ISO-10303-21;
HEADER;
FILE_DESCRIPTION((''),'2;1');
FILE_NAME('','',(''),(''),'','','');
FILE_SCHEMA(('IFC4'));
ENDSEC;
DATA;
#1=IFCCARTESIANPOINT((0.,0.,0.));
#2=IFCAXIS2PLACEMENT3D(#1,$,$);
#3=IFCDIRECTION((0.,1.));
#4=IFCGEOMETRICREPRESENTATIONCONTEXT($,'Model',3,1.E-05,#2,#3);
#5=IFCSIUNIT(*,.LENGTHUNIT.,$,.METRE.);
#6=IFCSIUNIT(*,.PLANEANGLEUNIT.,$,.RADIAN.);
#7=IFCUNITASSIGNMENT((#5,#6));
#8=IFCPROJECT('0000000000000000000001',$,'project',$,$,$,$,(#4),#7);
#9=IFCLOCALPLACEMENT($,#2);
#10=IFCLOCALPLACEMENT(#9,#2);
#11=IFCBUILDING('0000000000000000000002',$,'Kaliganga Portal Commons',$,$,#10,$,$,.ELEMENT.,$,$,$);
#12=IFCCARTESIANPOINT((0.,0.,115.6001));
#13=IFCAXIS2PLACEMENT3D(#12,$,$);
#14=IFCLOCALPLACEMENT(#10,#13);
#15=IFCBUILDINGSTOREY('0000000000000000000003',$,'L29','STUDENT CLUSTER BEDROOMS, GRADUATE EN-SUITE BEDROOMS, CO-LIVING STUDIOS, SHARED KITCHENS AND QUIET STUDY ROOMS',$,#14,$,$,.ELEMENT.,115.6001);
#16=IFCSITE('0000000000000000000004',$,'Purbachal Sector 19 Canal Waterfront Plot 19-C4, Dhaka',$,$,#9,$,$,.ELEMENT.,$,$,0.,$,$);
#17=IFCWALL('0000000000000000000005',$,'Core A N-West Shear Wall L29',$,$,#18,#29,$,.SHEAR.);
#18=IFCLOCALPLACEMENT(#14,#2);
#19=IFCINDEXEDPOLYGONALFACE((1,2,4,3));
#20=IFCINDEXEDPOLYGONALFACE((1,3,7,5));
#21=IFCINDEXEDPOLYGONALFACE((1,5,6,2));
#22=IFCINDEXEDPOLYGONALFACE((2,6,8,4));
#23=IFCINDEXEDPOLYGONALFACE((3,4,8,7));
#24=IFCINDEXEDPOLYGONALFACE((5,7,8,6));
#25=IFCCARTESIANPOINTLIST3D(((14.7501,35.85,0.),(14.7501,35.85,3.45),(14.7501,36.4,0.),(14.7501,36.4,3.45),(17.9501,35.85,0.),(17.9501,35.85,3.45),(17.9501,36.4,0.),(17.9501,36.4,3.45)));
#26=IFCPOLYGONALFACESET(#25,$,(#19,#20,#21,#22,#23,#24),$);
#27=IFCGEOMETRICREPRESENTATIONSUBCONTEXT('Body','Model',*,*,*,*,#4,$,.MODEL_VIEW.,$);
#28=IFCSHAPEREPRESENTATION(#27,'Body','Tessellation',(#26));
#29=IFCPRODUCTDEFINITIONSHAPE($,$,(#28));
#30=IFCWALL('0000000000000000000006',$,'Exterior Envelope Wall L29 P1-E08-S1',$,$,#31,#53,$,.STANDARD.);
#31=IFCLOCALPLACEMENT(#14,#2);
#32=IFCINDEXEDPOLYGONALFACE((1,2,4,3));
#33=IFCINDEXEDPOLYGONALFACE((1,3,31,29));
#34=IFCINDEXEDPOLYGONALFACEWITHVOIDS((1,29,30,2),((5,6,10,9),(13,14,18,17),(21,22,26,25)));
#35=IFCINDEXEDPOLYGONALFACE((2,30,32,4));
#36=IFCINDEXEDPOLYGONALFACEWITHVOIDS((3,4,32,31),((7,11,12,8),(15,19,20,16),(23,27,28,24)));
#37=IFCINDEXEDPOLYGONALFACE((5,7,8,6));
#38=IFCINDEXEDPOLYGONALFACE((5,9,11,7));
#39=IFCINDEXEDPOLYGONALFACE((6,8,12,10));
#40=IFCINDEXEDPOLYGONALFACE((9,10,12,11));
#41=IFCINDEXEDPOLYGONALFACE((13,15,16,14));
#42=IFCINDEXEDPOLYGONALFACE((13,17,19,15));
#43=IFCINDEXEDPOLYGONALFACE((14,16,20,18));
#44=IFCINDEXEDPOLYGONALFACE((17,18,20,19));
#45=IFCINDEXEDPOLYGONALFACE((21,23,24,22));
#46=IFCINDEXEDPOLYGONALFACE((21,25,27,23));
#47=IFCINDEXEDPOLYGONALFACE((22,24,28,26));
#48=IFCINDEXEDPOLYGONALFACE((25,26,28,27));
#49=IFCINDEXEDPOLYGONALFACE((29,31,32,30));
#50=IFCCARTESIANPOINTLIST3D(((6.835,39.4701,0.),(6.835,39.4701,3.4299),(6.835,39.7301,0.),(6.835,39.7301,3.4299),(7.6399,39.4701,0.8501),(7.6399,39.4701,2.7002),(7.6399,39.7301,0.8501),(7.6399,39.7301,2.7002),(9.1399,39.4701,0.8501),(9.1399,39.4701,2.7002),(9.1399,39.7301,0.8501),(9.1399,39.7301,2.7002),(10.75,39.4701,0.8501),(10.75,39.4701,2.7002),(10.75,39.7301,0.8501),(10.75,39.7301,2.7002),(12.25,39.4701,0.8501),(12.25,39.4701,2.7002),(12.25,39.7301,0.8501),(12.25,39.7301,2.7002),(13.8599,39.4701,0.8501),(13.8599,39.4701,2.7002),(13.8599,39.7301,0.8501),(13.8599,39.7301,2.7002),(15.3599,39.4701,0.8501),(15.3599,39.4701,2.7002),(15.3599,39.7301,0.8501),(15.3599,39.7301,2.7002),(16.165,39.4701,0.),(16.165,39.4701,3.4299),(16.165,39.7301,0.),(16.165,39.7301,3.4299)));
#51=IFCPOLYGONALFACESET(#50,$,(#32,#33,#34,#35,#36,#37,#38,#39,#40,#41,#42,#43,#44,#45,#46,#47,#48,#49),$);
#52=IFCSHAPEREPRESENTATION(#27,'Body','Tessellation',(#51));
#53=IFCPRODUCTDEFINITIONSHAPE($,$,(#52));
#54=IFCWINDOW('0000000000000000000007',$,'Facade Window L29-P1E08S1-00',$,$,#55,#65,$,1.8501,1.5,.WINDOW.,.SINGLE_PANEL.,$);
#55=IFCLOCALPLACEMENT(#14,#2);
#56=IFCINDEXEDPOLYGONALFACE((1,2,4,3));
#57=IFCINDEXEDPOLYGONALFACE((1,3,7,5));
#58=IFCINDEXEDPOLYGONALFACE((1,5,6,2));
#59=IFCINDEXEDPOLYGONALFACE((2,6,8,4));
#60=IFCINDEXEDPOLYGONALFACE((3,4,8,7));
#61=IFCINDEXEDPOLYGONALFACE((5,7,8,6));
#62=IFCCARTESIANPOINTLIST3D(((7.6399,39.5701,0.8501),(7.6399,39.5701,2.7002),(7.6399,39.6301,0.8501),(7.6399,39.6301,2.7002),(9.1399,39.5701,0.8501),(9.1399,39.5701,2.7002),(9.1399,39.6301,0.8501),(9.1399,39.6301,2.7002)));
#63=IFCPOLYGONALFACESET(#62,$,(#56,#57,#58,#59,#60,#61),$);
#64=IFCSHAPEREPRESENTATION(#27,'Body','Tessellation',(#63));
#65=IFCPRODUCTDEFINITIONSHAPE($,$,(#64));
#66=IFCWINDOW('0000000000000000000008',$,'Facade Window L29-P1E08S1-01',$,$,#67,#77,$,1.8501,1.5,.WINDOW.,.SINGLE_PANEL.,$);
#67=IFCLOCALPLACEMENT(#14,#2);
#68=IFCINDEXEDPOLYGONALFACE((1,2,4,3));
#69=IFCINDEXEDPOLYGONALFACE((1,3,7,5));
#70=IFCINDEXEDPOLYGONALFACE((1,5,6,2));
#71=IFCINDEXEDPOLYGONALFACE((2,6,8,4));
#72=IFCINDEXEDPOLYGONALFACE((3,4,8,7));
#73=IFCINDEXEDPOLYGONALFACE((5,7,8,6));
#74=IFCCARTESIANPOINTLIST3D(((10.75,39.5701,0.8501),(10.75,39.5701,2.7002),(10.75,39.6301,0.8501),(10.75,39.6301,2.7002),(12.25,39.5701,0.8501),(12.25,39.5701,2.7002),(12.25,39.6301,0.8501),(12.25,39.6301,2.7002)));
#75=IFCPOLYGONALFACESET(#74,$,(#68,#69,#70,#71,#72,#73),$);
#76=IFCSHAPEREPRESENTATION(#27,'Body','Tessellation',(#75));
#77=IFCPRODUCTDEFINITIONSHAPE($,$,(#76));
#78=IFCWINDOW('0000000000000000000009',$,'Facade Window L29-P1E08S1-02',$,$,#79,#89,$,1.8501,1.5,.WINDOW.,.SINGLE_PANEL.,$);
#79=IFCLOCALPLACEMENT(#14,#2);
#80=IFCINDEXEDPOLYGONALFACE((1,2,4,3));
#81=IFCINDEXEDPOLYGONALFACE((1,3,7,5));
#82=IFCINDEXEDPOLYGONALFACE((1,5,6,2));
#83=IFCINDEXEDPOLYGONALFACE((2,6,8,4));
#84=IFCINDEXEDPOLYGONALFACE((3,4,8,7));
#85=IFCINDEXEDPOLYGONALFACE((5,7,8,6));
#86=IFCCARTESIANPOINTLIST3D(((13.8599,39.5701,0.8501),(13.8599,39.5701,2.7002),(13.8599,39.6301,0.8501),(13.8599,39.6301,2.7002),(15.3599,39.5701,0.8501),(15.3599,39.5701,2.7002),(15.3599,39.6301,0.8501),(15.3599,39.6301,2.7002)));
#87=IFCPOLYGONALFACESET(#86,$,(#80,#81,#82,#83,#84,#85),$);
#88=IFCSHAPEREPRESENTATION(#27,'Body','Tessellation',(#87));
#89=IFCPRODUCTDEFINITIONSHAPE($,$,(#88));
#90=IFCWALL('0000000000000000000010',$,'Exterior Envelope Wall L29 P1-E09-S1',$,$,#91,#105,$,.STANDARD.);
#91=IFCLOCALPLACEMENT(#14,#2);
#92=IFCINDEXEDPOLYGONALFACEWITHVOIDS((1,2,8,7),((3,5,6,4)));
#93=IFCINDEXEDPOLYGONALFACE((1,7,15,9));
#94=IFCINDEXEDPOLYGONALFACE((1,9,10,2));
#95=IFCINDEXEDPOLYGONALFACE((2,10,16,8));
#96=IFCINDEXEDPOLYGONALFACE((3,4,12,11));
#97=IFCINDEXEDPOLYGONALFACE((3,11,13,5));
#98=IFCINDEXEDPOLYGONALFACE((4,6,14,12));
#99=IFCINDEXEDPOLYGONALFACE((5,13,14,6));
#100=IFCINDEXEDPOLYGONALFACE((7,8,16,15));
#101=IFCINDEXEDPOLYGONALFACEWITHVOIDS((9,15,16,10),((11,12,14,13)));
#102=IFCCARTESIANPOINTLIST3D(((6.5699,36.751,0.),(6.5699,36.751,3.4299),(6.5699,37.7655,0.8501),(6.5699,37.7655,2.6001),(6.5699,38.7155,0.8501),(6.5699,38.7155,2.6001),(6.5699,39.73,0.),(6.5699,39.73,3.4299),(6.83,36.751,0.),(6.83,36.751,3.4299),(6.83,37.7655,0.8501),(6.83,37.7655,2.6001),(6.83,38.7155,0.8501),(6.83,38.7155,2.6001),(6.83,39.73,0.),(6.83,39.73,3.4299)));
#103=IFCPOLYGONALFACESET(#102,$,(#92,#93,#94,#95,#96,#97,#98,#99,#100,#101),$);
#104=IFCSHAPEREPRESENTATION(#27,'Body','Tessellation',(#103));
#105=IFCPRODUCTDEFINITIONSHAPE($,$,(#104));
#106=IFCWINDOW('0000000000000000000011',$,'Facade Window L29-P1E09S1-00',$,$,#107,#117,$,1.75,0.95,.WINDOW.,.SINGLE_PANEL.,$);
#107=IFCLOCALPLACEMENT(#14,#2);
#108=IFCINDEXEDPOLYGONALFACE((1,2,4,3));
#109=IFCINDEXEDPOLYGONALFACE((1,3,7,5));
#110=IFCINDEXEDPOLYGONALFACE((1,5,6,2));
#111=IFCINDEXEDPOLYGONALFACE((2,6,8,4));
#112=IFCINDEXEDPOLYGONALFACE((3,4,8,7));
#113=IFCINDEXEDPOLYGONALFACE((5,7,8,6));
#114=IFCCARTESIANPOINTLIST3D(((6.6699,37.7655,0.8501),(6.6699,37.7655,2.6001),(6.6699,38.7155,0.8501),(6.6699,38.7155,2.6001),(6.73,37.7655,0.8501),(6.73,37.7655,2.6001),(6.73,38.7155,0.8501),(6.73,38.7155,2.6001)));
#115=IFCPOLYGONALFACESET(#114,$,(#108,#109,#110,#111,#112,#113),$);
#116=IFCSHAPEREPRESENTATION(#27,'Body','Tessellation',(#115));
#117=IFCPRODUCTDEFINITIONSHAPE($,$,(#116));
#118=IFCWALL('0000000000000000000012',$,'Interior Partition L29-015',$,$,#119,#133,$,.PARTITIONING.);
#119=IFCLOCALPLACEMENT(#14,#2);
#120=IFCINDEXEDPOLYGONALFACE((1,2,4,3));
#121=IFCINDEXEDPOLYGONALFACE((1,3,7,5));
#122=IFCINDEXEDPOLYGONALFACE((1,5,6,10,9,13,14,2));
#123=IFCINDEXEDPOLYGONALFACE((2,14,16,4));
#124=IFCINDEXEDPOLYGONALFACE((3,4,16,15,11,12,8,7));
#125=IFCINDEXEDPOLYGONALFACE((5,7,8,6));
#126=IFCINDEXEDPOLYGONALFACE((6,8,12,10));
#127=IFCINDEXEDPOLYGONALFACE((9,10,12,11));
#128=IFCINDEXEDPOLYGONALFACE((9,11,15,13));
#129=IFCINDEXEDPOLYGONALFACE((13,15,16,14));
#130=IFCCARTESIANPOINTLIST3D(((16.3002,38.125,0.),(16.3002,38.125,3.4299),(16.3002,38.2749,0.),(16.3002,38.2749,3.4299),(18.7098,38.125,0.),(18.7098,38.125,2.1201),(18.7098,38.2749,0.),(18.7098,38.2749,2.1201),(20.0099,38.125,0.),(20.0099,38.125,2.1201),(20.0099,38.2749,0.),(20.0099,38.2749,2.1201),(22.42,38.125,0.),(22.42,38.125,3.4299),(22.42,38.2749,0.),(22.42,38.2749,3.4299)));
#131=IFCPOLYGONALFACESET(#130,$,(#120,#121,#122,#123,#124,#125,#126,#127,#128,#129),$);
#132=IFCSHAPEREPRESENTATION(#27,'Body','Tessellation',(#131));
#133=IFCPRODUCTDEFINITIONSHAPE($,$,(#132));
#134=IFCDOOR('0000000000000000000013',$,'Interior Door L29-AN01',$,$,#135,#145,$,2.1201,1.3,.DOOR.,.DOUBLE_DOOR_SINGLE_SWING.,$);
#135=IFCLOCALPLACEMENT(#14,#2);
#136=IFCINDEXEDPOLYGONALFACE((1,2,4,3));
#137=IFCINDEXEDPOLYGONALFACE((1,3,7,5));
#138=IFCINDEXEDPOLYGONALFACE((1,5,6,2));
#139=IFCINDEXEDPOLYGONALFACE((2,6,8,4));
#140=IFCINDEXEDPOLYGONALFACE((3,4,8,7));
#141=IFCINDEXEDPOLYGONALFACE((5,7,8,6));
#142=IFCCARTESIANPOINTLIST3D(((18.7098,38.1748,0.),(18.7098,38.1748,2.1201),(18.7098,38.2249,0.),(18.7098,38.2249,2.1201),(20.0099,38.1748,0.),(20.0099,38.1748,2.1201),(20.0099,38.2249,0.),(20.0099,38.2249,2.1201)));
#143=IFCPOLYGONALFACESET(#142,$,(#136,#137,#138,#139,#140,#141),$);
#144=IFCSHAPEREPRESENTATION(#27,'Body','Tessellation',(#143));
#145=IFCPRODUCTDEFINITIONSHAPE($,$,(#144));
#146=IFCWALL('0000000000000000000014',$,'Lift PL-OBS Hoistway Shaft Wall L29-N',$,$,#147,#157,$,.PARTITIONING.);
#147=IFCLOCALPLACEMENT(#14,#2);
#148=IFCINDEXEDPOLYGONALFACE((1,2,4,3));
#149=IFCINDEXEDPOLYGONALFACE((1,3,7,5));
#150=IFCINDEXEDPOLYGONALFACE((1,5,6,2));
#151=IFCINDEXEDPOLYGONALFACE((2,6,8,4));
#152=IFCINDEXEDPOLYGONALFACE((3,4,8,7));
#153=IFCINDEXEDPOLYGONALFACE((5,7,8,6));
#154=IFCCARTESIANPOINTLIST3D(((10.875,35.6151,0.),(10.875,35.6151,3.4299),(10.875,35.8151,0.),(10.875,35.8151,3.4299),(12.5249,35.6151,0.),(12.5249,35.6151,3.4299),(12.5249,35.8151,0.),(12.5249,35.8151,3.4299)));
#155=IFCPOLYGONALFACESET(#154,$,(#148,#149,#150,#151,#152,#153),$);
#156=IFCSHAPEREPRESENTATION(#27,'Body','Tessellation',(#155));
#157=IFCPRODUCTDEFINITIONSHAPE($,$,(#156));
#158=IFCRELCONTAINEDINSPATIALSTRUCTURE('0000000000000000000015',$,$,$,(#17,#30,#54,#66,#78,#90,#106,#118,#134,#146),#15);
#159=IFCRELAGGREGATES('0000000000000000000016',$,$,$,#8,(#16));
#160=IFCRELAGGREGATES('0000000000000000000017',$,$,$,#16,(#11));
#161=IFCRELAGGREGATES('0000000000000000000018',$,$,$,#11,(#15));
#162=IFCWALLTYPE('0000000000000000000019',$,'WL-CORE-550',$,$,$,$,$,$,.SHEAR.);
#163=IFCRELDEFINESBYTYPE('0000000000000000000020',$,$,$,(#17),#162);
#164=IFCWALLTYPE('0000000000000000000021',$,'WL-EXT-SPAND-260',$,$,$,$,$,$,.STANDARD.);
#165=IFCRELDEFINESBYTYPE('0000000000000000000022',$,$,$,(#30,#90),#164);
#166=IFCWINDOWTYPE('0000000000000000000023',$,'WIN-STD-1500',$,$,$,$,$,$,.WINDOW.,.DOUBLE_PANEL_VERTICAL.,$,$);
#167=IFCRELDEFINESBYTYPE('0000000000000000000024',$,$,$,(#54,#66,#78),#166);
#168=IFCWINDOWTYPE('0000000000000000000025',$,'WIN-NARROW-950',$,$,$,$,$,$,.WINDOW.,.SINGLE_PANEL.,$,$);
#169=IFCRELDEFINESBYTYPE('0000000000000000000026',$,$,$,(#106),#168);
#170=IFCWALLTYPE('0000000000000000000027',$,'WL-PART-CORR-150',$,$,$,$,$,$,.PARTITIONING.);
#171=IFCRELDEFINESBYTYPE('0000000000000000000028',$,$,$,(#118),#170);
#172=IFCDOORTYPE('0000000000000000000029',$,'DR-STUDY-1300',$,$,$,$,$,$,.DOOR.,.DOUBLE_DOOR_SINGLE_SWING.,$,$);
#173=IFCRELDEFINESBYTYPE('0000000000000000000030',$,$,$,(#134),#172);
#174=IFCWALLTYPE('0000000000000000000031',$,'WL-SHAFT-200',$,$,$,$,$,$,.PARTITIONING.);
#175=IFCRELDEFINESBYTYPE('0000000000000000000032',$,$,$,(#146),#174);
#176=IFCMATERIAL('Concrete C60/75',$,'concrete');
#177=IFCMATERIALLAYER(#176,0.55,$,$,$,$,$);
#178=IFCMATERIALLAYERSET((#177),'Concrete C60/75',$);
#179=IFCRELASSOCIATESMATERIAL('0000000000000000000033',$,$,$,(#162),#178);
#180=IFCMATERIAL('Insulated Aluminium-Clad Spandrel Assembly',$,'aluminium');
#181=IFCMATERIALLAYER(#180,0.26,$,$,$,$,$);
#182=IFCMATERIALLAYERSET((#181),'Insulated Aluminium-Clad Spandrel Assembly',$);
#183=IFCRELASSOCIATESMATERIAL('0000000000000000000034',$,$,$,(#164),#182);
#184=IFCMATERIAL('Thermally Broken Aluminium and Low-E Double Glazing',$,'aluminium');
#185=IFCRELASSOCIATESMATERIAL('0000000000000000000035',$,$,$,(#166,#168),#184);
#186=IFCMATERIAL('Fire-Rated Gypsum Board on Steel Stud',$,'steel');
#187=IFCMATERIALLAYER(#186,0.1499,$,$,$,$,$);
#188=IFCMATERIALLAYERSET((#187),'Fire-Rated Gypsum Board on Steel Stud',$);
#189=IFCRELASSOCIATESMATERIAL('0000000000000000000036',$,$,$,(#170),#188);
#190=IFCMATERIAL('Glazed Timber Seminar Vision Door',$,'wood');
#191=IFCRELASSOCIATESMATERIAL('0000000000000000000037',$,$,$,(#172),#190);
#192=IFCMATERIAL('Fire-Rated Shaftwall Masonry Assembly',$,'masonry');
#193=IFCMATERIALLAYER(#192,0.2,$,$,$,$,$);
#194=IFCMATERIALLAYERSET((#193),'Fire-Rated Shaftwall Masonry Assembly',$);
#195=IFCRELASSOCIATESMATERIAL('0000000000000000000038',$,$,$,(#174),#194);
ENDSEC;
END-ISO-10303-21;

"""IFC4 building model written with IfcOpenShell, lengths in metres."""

from ifc_helpers import new_model, si_unit, direction, frame, frame_2d, origin, place, context, subcontext, project, spatial, rectangle, extrude, material, layer, layer_set, type_object, element, fill, save


model = new_model("IFC4")

# Units and contexts
model_context = context("Model", 3, precision=1e-05, world=origin(), true_north=direction((0.0, 1.0)))
body_context = subcontext(model_context, "Body", "Model", "MODEL_VIEW")
ifc_project = project(units=[si_unit("LENGTHUNIT", "METRE"), si_unit("PLANEANGLEUNIT", "RADIAN")], contexts=[model_context])

# Site, building, storey
site_placement = place(None, origin())
site = spatial("IfcSite", under=ifc_project, at=site_placement, Name="Purbachal Sector 19 Canal Waterfront Plot 19-C4, Dhaka", CompositionType="ELEMENT", RefElevation=0.0)
building_placement = place(site_placement, origin())
building = spatial("IfcBuilding", under=site, at=building_placement, Name="Kaliganga Portal Commons", CompositionType="ELEMENT")
storey_placement = place(building_placement, frame((0.0, 0.0, 115.6001)))
storey = spatial("IfcBuildingStorey", under=building, at=storey_placement, Name="L29", Description="STUDENT CLUSTER BEDROOMS, GRADUATE EN-SUITE BEDROOMS, CO-LIVING STUDIOS, SHARED KITCHENS AND QUIET STUDY ROOMS", CompositionType="ELEMENT", Elevation=115.6001)

# Shared definitions
ifc_material_1 = material(Name="Concrete C60/75", Category="concrete")

# Wall
ifc_layer_1 = layer(ifc_material_1, 0.55)
ifc_layer_set_1 = layer_set([ifc_layer_1], Name="Concrete C60/75")
wall_type_1 = type_object("IfcWallType", Name="WL-CORE-550", PredefinedType="SHEAR", material=ifc_layer_set_1)
wall_1_placement = place(storey_placement, frame((14.75, 36.125, 0.0), z_axis=(0.0, 0.0, 1.0), x_axis=(1.0, 0.0, 0.0)))
element("IfcWall", 1, at=wall_1_placement, inside=storey, type_object=wall_type_1, Name="Core A N-West Shear Wall L29", PredefinedType="SHEAR", context=body_context, shape_type="SweptSolid", body=[
    extrude(rectangle(XDim=3.2, YDim=0.55, at=frame_2d((1.6001, 0.0))), origin(), (0.0, 0.0, 1.0), 3.45),
])

# Wall, openings, windows
ifc_material_2 = material(Name="Insulated Aluminium-Clad Spandrel Assembly", Category="aluminium")
ifc_layer_2 = layer(ifc_material_2, 0.26)
ifc_layer_set_2 = layer_set([ifc_layer_2], Name="Insulated Aluminium-Clad Spandrel Assembly")
wall_type_2 = type_object("IfcWallType", Name="WL-EXT-SPAND-260", PredefinedType="STANDARD", material=ifc_layer_set_2)
wall_2_placement = place(storey_placement, frame((6.835, 39.6001, 0.0), z_axis=(0.0, 0.0, 1.0), x_axis=(1.0, 0.0, 0.0)))
wall_2 = element("IfcWall", 2, at=wall_2_placement, inside=storey, type_object=wall_type_2, Name="Exterior Envelope Wall L29 P1-E08-S1", PredefinedType="STANDARD", context=body_context, shape_type="SweptSolid", body=[
    extrude(rectangle(XDim=9.3301, YDim=0.26, at=frame_2d((4.665, 0.0))), origin(), (0.0, 0.0, 1.0), 3.4299),
])
opening_1_placement = place(wall_2_placement, frame((0.8049, 0.0, 0.8501)))
opening_1 = element("IfcOpeningElement", 3, at=opening_1_placement, cuts=wall_2, PredefinedType="OPENING", context=body_context, shape_type="SweptSolid", body=[
    extrude(rectangle(XDim=1.5, YDim=1.8501, at=frame_2d((0.75, 0.925))), frame((0.0, 0.1401, 0.0), z_axis=(0.0, -1.0, 0.0), x_axis=(1.0, 0.0, 0.0)), (0.0, 0.0, 1.0), 0.28),
])
opening_2_placement = place(wall_2_placement, frame((3.915, 0.0, 0.8501)))
opening_2 = element("IfcOpeningElement", 4, at=opening_2_placement, cuts=wall_2, PredefinedType="OPENING", context=body_context, shape_type="SweptSolid", body=[
    extrude(rectangle(XDim=1.5, YDim=1.8501, at=frame_2d((0.75, 0.925))), frame((0.0, 0.1401, 0.0), z_axis=(0.0, -1.0, 0.0), x_axis=(1.0, 0.0, 0.0)), (0.0, 0.0, 1.0), 0.28),
])
opening_3_placement = place(wall_2_placement, frame((7.0249, 0.0, 0.8501)))
opening_3 = element("IfcOpeningElement", 5, at=opening_3_placement, cuts=wall_2, PredefinedType="OPENING", context=body_context, shape_type="SweptSolid", body=[
    extrude(rectangle(XDim=1.5, YDim=1.8501, at=frame_2d((0.75, 0.925))), frame((0.0, 0.1401, 0.0), z_axis=(0.0, -1.0, 0.0), x_axis=(1.0, 0.0, 0.0)), (0.0, 0.0, 1.0), 0.28),
])
ifc_material_3 = material(Name="Thermally Broken Aluminium and Low-E Double Glazing", Category="aluminium")
window_type_1 = type_object("IfcWindowType", Name="WIN-STD-1500", PartitioningType="DOUBLE_PANEL_VERTICAL", PredefinedType="WINDOW", material=ifc_material_3)
window_1_placement = place(opening_1_placement, origin())
window_1 = element("IfcWindow", 6, at=window_1_placement, inside=storey, type_object=window_type_1, Name="Facade Window L29-P1E08S1-00", OverallHeight=1.8501, OverallWidth=1.5, PartitioningType="SINGLE_PANEL", PredefinedType="WINDOW", context=body_context, shape_type="SweptSolid", body=[
    extrude(rectangle(XDim=1.5, YDim=1.8501, at=frame_2d((0.75, 0.925))), frame((0.0, 0.03, 0.0), z_axis=(0.0, -1.0, 0.0), x_axis=(1.0, 0.0, 0.0)), (0.0, 0.0, 1.0), 0.0601),
])
fill(opening_1, window_1)
window_2_placement = place(opening_2_placement, origin())
window_2 = element("IfcWindow", 7, at=window_2_placement, inside=storey, type_object=window_type_1, Name="Facade Window L29-P1E08S1-01", OverallHeight=1.8501, OverallWidth=1.5, PartitioningType="SINGLE_PANEL", PredefinedType="WINDOW", context=body_context, shape_type="SweptSolid", body=[
    extrude(rectangle(XDim=1.5, YDim=1.8501, at=frame_2d((0.75, 0.925))), frame((0.0, 0.03, 0.0), z_axis=(0.0, -1.0, 0.0), x_axis=(1.0, 0.0, 0.0)), (0.0, 0.0, 1.0), 0.0601),
])
fill(opening_2, window_2)
window_3_placement = place(opening_3_placement, origin())
window_3 = element("IfcWindow", 8, at=window_3_placement, inside=storey, type_object=window_type_1, Name="Facade Window L29-P1E08S1-02", OverallHeight=1.8501, OverallWidth=1.5, PartitioningType="SINGLE_PANEL", PredefinedType="WINDOW", context=body_context, shape_type="SweptSolid", body=[
    extrude(rectangle(XDim=1.5, YDim=1.8501, at=frame_2d((0.75, 0.925))), frame((0.0, 0.03, 0.0), z_axis=(0.0, -1.0, 0.0), x_axis=(1.0, 0.0, 0.0)), (0.0, 0.0, 1.0), 0.0601),
])
fill(opening_3, window_3)

# Wall, opening, window
wall_3_placement = place(storey_placement, frame((6.7, 36.751, 0.0), z_axis=(0.0, 0.0, 1.0), x_axis=(0.0, 1.0, 0.0)))
wall_3 = element("IfcWall", 9, at=wall_3_placement, inside=storey, type_object=wall_type_2, Name="Exterior Envelope Wall L29 P1-E09-S1", PredefinedType="STANDARD", context=body_context, shape_type="SweptSolid", body=[
    extrude(rectangle(XDim=2.979, YDim=0.26, at=frame_2d((1.4895, 0.0))), origin(), (0.0, 0.0, 1.0), 3.4299),
])
opening_4_placement = place(wall_3_placement, frame((1.0144, 0.0, 0.8501)))
opening_4 = element("IfcOpeningElement", 10, at=opening_4_placement, cuts=wall_3, PredefinedType="OPENING", context=body_context, shape_type="SweptSolid", body=[
    extrude(rectangle(XDim=0.95, YDim=1.75, at=frame_2d((0.4751, 0.875))), frame((0.0, 0.1401, 0.0), z_axis=(0.0, -1.0, 0.0), x_axis=(1.0, 0.0, 0.0)), (0.0, 0.0, 1.0), 0.28),
])
window_type_2 = type_object("IfcWindowType", Name="WIN-NARROW-950", PartitioningType="SINGLE_PANEL", PredefinedType="WINDOW", material=ifc_material_3)
window_4_placement = place(opening_4_placement, origin())
window_4 = element("IfcWindow", 11, at=window_4_placement, inside=storey, type_object=window_type_2, Name="Facade Window L29-P1E09S1-00", OverallHeight=1.75, OverallWidth=0.95, PartitioningType="SINGLE_PANEL", PredefinedType="WINDOW", context=body_context, shape_type="SweptSolid", body=[
    extrude(rectangle(XDim=0.95, YDim=1.75, at=frame_2d((0.4751, 0.875))), frame((0.0, 0.03, 0.0), z_axis=(0.0, -1.0, 0.0), x_axis=(1.0, 0.0, 0.0)), (0.0, 0.0, 1.0), 0.0601),
])
fill(opening_4, window_4)

# Wall, opening, door
ifc_material_4 = material(Name="Fire-Rated Gypsum Board on Steel Stud", Category="steel")
ifc_layer_3 = layer(ifc_material_4, 0.1499)
ifc_layer_set_3 = layer_set([ifc_layer_3], Name="Fire-Rated Gypsum Board on Steel Stud")
wall_type_3 = type_object("IfcWallType", Name="WL-PART-CORR-150", PredefinedType="PARTITIONING", material=ifc_layer_set_3)
wall_4_placement = place(storey_placement, frame((16.3, 38.2, 0.0), z_axis=(0.0, 0.0, 1.0), x_axis=(1.0, 0.0, 0.0)))
wall_4 = element("IfcWall", 12, at=wall_4_placement, inside=storey, type_object=wall_type_3, Name="Interior Partition L29-015", PredefinedType="PARTITIONING", context=body_context, shape_type="SweptSolid", body=[
    extrude(rectangle(XDim=6.1199, YDim=0.1499, at=frame_2d((3.0601, 0.0))), origin(), (0.0, 0.0, 1.0), 3.4299),
])
opening_5_placement = place(wall_4_placement, frame((2.4099, 0.0, 0.0)))
opening_5 = element("IfcOpeningElement", 13, at=opening_5_placement, cuts=wall_4, PredefinedType="OPENING", context=body_context, shape_type="SweptSolid", body=[
    extrude(rectangle(XDim=1.3, YDim=2.1201, at=frame_2d((0.6499, 1.0601))), frame((0.0, 0.085, 0.0), z_axis=(0.0, -1.0, 0.0), x_axis=(1.0, 0.0, 0.0)), (0.0, 0.0, 1.0), 0.1699),
])
ifc_material_5 = material(Name="Glazed Timber Seminar Vision Door", Category="wood")
door_type_1 = type_object("IfcDoorType", Name="DR-STUDY-1300", OperationType="DOUBLE_DOOR_SINGLE_SWING", PredefinedType="DOOR", material=ifc_material_5)
door_1_placement = place(opening_5_placement, origin())
door_1 = element("IfcDoor", 14, at=door_1_placement, inside=storey, type_object=door_type_1, Name="Interior Door L29-AN01", OperationType="DOUBLE_DOOR_SINGLE_SWING", OverallHeight=2.1201, OverallWidth=1.3, PredefinedType="DOOR", context=body_context, shape_type="SweptSolid", body=[
    extrude(rectangle(XDim=1.3, YDim=2.1201, at=frame_2d((0.6499, 1.0601))), frame((0.0, 0.0249, 0.0), z_axis=(0.0, -1.0, 0.0), x_axis=(1.0, 0.0, 0.0)), (0.0, 0.0, 1.0), 0.05),
])
fill(opening_5, door_1)
ifc_material_6 = material(Name="Fire-Rated Shaftwall Masonry Assembly", Category="masonry")
ifc_layer_4 = layer(ifc_material_6, 0.2)
ifc_layer_set_4 = layer_set([ifc_layer_4], Name="Fire-Rated Shaftwall Masonry Assembly")
wall_type_4 = type_object("IfcWallType", Name="WL-SHAFT-200", PredefinedType="PARTITIONING", material=ifc_layer_set_4)

# Wall
wall_5_placement = place(storey_placement, frame((10.875, 35.7151, 0.0), z_axis=(0.0, 0.0, 1.0), x_axis=(1.0, 0.0, 0.0)))
element("IfcWall", 15, at=wall_5_placement, inside=storey, type_object=wall_type_4, Name="Lift PL-OBS Hoistway Shaft Wall L29-N", PredefinedType="PARTITIONING", context=body_context, shape_type="SweptSolid", body=[
    extrude(rectangle(XDim=1.6499, YDim=0.2, at=frame_2d((0.825, 0.0))), origin(), (0.0, 0.0, 1.0), 3.4299),
])

save(model, "model.ifc")
